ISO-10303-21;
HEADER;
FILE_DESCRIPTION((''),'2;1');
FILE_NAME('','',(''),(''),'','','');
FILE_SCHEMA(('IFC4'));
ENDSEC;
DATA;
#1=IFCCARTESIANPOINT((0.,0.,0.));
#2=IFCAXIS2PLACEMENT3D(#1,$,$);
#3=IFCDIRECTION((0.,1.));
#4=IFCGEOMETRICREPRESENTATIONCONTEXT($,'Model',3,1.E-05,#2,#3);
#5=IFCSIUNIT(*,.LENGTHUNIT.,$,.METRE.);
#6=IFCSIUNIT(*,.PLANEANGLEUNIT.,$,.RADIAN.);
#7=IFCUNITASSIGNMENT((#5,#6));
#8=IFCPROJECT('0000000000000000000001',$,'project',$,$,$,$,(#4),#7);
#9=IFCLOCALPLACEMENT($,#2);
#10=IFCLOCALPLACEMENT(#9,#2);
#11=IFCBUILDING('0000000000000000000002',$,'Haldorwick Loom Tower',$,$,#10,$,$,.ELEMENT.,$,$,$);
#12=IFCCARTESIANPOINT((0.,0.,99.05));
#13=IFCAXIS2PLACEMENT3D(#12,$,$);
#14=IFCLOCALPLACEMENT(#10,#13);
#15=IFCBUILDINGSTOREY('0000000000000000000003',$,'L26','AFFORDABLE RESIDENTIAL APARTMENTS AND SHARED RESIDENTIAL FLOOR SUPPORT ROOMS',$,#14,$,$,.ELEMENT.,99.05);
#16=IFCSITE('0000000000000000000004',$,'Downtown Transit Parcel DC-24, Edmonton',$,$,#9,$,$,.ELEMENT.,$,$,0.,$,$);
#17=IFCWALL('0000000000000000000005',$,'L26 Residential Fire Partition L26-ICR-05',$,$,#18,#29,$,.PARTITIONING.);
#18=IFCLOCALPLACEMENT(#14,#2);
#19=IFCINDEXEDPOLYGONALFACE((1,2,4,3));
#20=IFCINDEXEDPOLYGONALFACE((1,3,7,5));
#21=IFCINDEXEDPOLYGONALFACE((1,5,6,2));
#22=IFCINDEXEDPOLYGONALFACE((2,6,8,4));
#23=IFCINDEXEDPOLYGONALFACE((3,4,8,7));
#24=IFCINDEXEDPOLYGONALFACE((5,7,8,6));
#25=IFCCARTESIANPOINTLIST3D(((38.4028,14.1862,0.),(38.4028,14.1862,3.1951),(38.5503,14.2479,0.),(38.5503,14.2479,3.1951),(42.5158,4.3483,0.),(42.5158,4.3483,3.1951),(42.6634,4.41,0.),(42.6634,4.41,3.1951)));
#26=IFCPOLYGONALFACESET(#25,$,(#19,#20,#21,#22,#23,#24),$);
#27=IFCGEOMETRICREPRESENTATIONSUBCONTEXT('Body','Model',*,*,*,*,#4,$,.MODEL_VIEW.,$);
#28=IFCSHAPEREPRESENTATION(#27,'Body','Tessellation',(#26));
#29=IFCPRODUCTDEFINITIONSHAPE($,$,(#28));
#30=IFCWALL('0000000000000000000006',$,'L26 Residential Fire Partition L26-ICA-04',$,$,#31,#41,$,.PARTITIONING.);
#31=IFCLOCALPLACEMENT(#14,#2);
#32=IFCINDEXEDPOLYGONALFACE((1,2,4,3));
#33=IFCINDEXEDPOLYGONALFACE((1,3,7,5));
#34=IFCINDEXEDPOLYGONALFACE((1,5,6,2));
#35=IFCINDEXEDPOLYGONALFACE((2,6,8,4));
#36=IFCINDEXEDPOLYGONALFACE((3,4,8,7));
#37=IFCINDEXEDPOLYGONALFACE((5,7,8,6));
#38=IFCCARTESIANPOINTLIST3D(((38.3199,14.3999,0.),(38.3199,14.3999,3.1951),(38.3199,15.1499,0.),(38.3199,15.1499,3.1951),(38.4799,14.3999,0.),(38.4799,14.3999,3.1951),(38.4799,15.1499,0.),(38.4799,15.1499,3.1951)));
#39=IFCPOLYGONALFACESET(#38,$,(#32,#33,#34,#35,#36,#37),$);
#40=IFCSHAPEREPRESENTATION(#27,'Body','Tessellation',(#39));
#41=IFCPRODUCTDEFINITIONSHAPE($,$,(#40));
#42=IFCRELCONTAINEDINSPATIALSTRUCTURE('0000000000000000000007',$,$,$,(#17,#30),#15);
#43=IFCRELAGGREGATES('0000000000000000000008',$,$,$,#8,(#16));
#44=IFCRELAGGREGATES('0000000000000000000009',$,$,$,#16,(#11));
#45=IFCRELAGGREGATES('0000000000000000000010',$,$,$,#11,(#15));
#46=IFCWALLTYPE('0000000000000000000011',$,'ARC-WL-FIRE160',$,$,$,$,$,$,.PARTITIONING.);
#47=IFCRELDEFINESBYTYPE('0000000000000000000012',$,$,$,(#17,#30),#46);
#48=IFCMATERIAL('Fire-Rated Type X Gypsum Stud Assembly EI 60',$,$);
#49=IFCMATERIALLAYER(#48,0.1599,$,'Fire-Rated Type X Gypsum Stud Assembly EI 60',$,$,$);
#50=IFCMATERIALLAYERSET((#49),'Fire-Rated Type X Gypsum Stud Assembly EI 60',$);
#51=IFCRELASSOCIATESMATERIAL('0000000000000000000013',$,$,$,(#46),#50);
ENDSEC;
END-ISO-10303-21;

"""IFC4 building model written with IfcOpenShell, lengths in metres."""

from ifc_helpers import new_model, si_unit, direction, frame, frame_2d, origin, place, context, subcontext, project, spatial, rectangle, extrude, material, layer, layer_set, type_object, element, save


model = new_model("IFC4")

# Units and contexts
model_context = context("Model", 3, precision=1e-05, world=origin(), true_north=direction((0.0, 1.0)))
body_context = subcontext(model_context, "Body", "Model", "MODEL_VIEW")
ifc_project = project(units=[si_unit("LENGTHUNIT", "METRE"), si_unit("PLANEANGLEUNIT", "RADIAN")], contexts=[model_context])

# Site, building, storey
site_placement = place(None, origin())
site = spatial("IfcSite", under=ifc_project, at=site_placement, Name="Downtown Transit Parcel DC-24, Edmonton", CompositionType="ELEMENT", RefElevation=0.0)
building_placement = place(site_placement, origin())
building = spatial("IfcBuilding", under=site, at=building_placement, Name="Haldorwick Loom Tower", CompositionType="ELEMENT")
storey_placement = place(building_placement, frame((0.0, 0.0, 99.05)))
storey = spatial("IfcBuildingStorey", under=building, at=storey_placement, Name="L26", Description="AFFORDABLE RESIDENTIAL APARTMENTS AND SHARED RESIDENTIAL FLOOR SUPPORT ROOMS", CompositionType="ELEMENT", Elevation=99.05)

# Walls
ifc_material_1 = material(Name="Fire-Rated Type X Gypsum Stud Assembly EI 60")
ifc_layer_1 = layer(ifc_material_1, 0.1599, Name="Fire-Rated Type X Gypsum Stud Assembly EI 60")
ifc_layer_set_1 = layer_set([ifc_layer_1], Name="Fire-Rated Type X Gypsum Stud Assembly EI 60")
wall_type_1 = type_object("IfcWallType", Name="ARC-WL-FIRE160", PredefinedType="PARTITIONING", material=ifc_layer_set_1)
wall_1_placement = place(storey_placement, frame((38.4766, 14.217, 0.0), z_axis=(0.0, 0.0, 1.0), x_axis=(0.385727, -0.922613, 0.0)))
element("IfcWall", 1, at=wall_1_placement, inside=storey, type_object=wall_type_1, Name="L26 Residential Fire Partition L26-ICR-05", PredefinedType="PARTITIONING", context=body_context, shape_type="SweptSolid", body=[
    extrude(rectangle(XDim=10.6631, YDim=0.1599, at=frame_2d((5.3315, 0.0))), origin(), (0.0, 0.0, 1.0), 3.1951),
])
wall_2_placement = place(storey_placement, frame((38.3999, 15.1499, 0.0), z_axis=(0.0, 0.0, 1.0), x_axis=(0.0, -1.0, 0.0)))
element("IfcWall", 2, at=wall_2_placement, inside=storey, type_object=wall_type_1, Name="L26 Residential Fire Partition L26-ICA-04", PredefinedType="PARTITIONING", context=body_context, shape_type="SweptSolid", body=[
    extrude(rectangle(XDim=0.75, YDim=0.1599, at=frame_2d((0.375, 0.0))), origin(), (0.0, 0.0, 1.0), 3.1951),
])

save(model, "model.ifc")
